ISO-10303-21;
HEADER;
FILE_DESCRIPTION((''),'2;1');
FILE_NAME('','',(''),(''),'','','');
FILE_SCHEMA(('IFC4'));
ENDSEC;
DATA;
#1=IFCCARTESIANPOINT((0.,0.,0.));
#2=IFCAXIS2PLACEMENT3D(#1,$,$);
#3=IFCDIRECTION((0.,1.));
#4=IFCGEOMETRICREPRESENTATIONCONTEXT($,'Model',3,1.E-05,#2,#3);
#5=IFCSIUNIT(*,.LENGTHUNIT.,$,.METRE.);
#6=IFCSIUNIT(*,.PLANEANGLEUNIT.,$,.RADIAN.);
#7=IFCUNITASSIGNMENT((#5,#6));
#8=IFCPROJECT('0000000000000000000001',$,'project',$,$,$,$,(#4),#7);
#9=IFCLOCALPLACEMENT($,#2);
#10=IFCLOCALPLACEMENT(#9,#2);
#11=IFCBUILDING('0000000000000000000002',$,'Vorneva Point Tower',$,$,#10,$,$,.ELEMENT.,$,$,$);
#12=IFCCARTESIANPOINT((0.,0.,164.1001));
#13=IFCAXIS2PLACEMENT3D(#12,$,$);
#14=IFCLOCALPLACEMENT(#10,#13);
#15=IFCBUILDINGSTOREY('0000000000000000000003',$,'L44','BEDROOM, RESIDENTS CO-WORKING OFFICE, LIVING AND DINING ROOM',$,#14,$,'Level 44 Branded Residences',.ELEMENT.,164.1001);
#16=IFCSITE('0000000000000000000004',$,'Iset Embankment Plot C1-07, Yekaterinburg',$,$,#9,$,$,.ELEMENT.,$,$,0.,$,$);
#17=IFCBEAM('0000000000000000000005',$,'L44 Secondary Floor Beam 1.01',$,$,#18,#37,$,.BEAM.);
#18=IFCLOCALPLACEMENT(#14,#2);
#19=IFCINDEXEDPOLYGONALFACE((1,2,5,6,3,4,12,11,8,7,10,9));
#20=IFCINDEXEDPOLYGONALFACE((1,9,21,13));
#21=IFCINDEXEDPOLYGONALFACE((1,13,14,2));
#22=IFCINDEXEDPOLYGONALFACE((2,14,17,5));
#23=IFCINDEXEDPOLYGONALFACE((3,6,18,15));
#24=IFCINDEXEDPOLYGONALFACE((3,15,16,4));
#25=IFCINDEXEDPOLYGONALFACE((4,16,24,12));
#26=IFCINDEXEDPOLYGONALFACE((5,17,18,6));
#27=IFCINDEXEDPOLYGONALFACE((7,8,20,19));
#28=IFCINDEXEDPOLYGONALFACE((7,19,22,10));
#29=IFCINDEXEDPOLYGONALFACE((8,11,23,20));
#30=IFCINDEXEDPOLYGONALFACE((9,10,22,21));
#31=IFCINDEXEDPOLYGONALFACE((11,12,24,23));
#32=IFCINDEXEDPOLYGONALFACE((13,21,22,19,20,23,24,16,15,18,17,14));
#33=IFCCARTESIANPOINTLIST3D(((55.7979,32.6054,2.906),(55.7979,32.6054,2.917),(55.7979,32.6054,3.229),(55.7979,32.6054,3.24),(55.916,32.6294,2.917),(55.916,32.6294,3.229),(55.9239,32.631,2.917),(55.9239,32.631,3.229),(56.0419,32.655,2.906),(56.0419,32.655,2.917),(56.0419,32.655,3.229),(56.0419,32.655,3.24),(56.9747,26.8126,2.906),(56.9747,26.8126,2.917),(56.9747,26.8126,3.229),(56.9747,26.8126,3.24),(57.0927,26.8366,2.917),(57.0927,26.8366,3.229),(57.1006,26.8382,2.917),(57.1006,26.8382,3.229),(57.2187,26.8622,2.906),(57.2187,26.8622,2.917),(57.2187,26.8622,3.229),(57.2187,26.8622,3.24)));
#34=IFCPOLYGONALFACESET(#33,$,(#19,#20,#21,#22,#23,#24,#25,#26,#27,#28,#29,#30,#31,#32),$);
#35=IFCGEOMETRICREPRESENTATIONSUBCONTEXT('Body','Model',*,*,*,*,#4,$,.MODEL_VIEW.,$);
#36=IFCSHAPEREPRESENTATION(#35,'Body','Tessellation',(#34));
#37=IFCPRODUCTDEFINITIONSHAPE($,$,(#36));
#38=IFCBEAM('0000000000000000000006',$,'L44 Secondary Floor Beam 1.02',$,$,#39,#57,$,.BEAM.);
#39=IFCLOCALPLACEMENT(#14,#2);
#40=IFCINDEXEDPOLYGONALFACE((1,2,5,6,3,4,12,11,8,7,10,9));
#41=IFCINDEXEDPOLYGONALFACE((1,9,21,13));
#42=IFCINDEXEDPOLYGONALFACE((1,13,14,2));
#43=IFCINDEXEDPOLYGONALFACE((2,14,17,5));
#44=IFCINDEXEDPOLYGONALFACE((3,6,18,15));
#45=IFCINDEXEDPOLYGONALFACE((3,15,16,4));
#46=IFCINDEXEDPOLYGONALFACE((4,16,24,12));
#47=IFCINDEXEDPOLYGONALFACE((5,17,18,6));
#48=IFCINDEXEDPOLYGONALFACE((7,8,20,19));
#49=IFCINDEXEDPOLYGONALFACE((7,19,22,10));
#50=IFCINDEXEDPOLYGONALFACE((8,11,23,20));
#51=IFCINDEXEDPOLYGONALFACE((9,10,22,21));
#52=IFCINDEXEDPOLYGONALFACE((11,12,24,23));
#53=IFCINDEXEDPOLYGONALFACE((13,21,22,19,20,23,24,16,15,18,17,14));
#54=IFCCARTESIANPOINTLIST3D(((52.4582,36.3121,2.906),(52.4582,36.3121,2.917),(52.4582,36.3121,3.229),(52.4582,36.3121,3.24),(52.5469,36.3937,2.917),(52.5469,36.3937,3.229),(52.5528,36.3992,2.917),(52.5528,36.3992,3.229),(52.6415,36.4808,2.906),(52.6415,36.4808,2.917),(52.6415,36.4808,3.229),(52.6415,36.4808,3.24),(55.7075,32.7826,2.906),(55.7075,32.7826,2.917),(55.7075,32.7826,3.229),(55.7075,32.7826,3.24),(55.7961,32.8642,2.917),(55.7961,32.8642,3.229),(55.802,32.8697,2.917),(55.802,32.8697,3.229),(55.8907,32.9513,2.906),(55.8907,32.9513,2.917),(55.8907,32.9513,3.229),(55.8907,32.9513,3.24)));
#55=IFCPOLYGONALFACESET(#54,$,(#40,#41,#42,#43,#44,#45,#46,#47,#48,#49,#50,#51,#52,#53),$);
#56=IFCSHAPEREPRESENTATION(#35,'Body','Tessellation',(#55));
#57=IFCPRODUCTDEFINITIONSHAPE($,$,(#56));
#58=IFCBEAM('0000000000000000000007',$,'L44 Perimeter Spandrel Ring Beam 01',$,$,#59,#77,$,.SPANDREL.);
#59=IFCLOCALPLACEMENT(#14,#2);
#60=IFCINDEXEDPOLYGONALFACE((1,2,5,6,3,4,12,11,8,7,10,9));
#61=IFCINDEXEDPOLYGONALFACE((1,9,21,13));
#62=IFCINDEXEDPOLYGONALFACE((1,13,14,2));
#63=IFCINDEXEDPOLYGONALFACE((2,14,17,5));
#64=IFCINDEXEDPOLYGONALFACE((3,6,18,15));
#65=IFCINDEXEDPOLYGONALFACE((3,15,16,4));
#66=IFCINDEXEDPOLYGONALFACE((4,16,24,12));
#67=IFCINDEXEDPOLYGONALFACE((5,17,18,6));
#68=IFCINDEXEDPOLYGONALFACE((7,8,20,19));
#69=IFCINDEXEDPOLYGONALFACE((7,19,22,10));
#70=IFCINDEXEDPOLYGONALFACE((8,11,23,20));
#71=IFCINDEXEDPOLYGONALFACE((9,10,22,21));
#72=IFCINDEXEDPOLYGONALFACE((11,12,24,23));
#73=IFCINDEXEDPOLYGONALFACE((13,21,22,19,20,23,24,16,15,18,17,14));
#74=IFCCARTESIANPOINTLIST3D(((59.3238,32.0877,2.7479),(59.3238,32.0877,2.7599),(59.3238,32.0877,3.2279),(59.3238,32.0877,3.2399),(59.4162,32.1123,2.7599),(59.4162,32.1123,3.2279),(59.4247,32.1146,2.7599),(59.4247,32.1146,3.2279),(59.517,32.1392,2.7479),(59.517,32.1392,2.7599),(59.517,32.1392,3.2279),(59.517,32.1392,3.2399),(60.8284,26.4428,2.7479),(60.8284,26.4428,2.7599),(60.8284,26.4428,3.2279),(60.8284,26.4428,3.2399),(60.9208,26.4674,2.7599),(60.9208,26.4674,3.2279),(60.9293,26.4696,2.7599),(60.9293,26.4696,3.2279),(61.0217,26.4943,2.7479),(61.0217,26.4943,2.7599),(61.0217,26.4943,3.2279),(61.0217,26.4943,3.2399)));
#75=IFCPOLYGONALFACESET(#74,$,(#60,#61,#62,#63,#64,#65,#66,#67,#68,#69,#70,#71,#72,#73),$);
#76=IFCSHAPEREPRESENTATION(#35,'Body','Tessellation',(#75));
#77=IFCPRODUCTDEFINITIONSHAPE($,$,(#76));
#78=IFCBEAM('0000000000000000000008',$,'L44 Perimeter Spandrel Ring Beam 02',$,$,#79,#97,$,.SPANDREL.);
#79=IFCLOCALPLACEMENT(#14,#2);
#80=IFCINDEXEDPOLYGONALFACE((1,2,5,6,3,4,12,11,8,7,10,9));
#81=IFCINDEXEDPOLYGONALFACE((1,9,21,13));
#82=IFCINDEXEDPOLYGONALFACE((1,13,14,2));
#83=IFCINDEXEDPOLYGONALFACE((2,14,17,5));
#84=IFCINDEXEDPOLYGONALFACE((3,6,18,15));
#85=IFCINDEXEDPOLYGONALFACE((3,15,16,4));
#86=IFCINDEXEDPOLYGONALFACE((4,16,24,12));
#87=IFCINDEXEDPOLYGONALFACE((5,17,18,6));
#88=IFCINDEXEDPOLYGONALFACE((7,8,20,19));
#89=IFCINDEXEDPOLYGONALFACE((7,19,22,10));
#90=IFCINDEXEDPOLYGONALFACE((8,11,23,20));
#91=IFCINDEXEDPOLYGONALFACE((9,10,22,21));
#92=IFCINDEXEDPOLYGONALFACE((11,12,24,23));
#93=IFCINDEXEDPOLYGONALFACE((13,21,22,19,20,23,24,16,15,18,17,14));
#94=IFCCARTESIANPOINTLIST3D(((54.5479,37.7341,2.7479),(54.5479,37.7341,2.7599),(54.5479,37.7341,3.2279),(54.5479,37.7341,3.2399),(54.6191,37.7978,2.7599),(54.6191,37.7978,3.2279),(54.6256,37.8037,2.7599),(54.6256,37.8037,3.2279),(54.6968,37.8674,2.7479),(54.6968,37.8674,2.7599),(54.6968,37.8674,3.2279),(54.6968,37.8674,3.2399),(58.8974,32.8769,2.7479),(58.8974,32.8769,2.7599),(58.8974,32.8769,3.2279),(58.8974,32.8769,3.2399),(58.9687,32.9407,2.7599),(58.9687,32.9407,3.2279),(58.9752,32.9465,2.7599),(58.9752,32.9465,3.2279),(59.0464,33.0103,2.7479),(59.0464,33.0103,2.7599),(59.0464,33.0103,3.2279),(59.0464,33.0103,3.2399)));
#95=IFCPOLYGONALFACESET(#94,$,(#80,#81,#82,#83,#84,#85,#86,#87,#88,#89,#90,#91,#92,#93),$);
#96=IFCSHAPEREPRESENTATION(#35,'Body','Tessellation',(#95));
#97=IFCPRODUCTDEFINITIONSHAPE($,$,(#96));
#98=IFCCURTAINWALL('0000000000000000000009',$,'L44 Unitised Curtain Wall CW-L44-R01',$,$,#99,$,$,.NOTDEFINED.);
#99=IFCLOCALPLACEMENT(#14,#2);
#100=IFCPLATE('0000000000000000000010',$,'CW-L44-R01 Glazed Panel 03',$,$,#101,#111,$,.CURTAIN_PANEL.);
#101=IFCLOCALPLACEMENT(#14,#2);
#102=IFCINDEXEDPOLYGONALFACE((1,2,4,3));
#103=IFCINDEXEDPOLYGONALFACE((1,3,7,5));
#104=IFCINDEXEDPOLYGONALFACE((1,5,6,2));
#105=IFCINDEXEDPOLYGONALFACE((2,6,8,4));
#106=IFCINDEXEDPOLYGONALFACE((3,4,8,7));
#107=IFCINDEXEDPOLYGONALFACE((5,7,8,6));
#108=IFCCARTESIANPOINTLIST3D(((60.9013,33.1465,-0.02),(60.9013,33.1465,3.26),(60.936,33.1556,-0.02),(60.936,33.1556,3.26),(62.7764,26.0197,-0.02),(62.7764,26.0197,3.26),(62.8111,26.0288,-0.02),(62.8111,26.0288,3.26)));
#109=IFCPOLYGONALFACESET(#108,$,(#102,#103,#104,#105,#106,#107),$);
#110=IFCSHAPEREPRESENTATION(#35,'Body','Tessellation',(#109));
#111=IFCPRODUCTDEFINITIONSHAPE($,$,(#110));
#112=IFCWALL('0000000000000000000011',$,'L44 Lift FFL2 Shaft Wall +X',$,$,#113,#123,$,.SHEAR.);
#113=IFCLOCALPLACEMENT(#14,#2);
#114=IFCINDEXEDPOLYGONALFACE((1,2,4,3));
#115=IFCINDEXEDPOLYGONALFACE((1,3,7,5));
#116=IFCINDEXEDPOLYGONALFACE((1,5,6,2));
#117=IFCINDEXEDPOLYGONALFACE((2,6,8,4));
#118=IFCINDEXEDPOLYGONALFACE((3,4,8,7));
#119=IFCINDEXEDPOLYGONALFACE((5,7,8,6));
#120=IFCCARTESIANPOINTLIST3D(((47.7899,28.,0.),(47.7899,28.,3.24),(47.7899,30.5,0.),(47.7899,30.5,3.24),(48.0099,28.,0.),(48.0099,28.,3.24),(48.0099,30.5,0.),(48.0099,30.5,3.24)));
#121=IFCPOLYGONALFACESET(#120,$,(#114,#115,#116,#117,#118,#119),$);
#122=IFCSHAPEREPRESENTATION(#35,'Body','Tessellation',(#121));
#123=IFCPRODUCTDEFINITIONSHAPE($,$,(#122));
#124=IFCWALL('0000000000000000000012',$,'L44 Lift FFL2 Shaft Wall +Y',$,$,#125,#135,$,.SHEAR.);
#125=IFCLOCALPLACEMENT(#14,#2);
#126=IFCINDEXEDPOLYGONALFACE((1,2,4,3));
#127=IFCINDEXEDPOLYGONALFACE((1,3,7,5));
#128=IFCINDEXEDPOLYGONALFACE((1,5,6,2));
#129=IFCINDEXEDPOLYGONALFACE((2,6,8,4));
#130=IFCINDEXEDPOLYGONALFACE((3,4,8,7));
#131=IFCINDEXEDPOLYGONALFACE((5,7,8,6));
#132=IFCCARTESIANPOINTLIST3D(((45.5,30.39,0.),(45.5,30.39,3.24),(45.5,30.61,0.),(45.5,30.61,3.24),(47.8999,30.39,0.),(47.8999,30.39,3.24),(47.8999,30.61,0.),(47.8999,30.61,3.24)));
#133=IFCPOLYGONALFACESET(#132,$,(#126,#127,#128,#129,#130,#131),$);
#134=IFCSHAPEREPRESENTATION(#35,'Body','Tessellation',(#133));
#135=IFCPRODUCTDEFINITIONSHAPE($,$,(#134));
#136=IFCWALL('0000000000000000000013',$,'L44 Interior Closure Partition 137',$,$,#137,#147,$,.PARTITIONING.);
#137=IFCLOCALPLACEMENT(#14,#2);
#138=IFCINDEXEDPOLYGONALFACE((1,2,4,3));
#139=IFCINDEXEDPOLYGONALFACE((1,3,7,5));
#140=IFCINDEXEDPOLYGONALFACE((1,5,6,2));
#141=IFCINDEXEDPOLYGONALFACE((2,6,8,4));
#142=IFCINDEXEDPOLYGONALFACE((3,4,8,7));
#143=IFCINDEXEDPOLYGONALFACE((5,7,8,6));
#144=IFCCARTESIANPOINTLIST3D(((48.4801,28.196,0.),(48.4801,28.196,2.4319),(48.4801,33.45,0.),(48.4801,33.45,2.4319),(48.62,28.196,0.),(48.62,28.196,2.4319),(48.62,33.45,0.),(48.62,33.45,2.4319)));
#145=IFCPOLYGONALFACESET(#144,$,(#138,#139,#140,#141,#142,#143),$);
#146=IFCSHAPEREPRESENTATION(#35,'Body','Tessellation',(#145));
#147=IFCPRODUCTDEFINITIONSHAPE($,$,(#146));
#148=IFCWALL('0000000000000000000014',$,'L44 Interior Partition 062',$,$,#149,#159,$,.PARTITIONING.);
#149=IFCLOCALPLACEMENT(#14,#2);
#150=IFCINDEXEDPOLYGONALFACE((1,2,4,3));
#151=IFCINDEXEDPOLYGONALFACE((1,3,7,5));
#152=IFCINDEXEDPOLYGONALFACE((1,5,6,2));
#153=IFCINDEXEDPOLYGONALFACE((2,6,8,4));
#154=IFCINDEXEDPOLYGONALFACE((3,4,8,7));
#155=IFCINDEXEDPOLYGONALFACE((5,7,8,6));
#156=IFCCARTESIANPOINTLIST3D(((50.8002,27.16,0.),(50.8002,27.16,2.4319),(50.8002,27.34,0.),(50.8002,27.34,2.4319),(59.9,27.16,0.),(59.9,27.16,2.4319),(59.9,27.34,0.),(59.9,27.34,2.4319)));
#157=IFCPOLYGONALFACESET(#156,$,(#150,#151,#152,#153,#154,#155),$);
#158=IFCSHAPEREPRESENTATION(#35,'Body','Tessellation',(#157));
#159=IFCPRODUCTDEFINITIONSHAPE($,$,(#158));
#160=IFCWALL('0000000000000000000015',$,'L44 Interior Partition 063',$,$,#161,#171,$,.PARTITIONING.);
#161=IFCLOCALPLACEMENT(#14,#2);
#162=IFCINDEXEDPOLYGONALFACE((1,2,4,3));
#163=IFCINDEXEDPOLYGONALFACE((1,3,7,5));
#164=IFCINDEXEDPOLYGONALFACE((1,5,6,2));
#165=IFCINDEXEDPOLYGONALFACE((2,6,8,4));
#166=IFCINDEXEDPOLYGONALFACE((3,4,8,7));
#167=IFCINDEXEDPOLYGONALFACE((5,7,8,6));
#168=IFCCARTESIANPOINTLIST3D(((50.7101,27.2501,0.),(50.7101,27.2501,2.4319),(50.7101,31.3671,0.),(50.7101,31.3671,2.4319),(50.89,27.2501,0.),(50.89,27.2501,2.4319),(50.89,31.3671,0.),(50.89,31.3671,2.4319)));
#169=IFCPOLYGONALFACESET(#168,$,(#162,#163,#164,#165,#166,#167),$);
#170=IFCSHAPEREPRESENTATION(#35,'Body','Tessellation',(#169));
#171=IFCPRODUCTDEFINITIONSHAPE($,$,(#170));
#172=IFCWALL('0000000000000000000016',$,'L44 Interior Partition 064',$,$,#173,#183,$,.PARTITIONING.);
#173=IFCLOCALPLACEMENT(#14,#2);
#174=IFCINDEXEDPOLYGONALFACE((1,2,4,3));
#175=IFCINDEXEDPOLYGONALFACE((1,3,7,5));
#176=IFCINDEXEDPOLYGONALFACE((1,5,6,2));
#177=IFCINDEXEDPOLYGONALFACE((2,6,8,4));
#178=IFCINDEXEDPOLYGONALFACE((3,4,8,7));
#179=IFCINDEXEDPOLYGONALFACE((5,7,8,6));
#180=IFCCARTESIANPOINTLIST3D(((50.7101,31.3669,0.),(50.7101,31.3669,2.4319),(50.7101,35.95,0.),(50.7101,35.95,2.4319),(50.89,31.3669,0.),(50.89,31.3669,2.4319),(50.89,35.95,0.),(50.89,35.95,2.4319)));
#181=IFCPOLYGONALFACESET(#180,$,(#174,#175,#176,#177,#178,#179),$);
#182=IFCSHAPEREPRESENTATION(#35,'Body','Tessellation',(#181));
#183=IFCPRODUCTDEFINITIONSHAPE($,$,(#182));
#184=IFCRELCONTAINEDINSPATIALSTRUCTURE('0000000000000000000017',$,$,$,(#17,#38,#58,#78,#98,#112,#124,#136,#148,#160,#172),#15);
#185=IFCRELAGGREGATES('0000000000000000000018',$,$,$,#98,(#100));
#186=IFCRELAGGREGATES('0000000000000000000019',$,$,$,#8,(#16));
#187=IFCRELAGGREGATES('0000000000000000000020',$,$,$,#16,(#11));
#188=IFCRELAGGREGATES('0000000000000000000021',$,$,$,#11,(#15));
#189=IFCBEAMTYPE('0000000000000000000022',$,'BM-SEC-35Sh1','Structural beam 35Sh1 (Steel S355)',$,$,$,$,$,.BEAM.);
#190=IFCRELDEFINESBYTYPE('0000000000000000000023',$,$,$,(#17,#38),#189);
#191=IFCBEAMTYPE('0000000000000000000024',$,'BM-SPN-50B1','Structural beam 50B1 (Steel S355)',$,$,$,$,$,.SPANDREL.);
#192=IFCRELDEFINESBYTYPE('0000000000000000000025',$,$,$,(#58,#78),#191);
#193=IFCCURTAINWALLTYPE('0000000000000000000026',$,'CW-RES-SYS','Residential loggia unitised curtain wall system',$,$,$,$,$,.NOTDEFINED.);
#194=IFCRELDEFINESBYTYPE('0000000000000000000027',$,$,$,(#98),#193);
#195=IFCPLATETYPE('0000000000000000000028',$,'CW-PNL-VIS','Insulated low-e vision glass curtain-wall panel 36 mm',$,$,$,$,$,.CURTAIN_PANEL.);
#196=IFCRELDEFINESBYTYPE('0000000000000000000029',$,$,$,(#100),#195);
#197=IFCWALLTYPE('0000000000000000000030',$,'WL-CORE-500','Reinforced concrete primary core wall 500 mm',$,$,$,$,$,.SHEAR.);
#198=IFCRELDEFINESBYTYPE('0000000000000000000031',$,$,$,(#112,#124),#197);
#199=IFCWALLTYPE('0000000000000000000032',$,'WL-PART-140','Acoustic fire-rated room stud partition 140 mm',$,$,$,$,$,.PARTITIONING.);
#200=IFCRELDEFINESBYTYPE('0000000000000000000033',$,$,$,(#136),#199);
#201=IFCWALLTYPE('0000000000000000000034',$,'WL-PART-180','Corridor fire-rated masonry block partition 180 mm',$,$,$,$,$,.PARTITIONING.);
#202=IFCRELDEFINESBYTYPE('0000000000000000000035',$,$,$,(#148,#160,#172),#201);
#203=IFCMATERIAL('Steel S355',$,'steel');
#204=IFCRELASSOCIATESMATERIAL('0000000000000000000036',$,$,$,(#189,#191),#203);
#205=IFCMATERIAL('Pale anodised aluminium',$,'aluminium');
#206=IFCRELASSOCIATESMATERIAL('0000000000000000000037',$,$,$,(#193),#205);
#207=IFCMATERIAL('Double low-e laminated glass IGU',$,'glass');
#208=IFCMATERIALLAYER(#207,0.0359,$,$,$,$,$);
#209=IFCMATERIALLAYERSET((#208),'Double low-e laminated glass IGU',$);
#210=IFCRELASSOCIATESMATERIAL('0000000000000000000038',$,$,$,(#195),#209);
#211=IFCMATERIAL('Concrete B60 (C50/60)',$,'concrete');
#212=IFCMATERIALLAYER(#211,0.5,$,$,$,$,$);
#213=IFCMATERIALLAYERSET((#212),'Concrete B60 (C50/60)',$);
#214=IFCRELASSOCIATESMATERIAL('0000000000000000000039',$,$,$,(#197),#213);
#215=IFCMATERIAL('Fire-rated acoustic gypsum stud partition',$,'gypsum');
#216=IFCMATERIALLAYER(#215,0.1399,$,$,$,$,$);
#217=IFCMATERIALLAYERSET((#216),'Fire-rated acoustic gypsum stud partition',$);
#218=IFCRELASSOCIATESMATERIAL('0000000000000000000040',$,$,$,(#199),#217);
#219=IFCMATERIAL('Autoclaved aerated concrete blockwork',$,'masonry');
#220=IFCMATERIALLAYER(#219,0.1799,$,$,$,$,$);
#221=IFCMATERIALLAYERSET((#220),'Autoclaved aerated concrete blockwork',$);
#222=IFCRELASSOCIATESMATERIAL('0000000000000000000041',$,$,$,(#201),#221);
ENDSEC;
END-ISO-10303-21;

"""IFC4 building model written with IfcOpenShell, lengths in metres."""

from ifc_helpers import new_model, si_unit, direction, frame, frame_2d, origin, origin_2d, place, context, subcontext, project, spatial, rectangle, i_section, extrude, material, layer, layer_set, material_profile, profile_set, type_object, element, aggregate, save


model = new_model("IFC4")

# Units and contexts
model_context = context("Model", 3, precision=1e-05, world=origin(), true_north=direction((0.0, 1.0)))
body_context = subcontext(model_context, "Body", "Model", "MODEL_VIEW")
ifc_project = project(units=[si_unit("LENGTHUNIT", "METRE"), si_unit("PLANEANGLEUNIT", "RADIAN")], contexts=[model_context])

# Site, building, storey
site_placement = place(None, origin())
site = spatial("IfcSite", under=ifc_project, at=site_placement, Name="Iset Embankment Plot C1-07, Yekaterinburg", CompositionType="ELEMENT", RefElevation=0.0)
building_placement = place(site_placement, origin())
building = spatial("IfcBuilding", under=site, at=building_placement, Name="Vorneva Point Tower", CompositionType="ELEMENT")
storey_placement = place(building_placement, frame((0.0, 0.0, 164.1001)))
storey = spatial("IfcBuildingStorey", under=building, at=storey_placement, Name="L44", Description="BEDROOM, RESIDENTS CO-WORKING OFFICE, LIVING AND DINING ROOM", LongName="Level 44 Branded Residences", CompositionType="ELEMENT", Elevation=164.1001)

# Shared definitions
ifc_material_1 = material(Name="Concrete B60 (C50/60)", Category="concrete")

# Beams
ifc_material_2 = material(Name="Steel S355", Category="steel")
ifc_material_profile_1 = material_profile(ifc_material_2, i_section(OverallWidth=0.249, OverallDepth=0.334, WebThickness=0.0081, FlangeThickness=0.011, at=origin_2d()), Name="35Sh1")
ifc_profile_set_1 = profile_set([ifc_material_profile_1], Name="Steel S355")
beam_type_1 = type_object("IfcBeamType", Name="BM-SEC-35Sh1", Description="Structural beam 35Sh1 (Steel S355)", PredefinedType="BEAM", material=ifc_profile_set_1)
beam_1_placement = place(storey_placement, frame((57.0967, 26.8374, 3.073), z_axis=(-0.199078, 0.979984, 0.0), x_axis=(-0.979984, -0.199078, 0.0)))
element("IfcBeam", 1, at=beam_1_placement, inside=storey, type_object=beam_type_1, Name="L44 Secondary Floor Beam 1.01", PredefinedType="BEAM", context=body_context, shape_type="SweptSolid", body=[
    extrude(i_section(OverallWidth=0.249, OverallDepth=0.334, WebThickness=0.0081, FlangeThickness=0.011, at=origin_2d()), origin(), (0.0, 0.0, 1.0), 5.9111),
])
beam_2_placement = place(storey_placement, frame((55.7991, 32.8669, 3.073), z_axis=(-0.677292, 0.735714, 0.0), x_axis=(-0.735714, -0.677292, 0.0)))
element("IfcBeam", 2, at=beam_2_placement, inside=storey, type_object=beam_type_1, Name="L44 Secondary Floor Beam 1.02", PredefinedType="BEAM", context=body_context, shape_type="SweptSolid", body=[
    extrude(i_section(OverallWidth=0.249, OverallDepth=0.334, WebThickness=0.0081, FlangeThickness=0.011, at=origin_2d()), origin(), (0.0, 0.0, 1.0), 4.7974),
])
ifc_material_profile_2 = material_profile(ifc_material_2, i_section(OverallWidth=0.2, OverallDepth=0.4919, WebThickness=0.0088, FlangeThickness=0.012, at=origin_2d()), Name="50B1")
ifc_profile_set_2 = profile_set([ifc_material_profile_2], Name="Steel S355")
beam_type_2 = type_object("IfcBeamType", Name="BM-SPN-50B1", Description="Structural beam 50B1 (Steel S355)", PredefinedType="SPANDREL", material=ifc_profile_set_2)
beam_3_placement = place(storey_placement, frame((60.925, 26.4685, 2.9939), z_axis=(-0.257551, 0.966265, 0.0), x_axis=(-0.966265, -0.257551, 0.0)))
element("IfcBeam", 3, at=beam_3_placement, inside=storey, type_object=beam_type_2, Name="L44 Perimeter Spandrel Ring Beam 01", PredefinedType="SPANDREL", context=body_context, shape_type="SweptSolid", body=[
    extrude(i_section(OverallWidth=0.2, OverallDepth=0.4919, WebThickness=0.0088, FlangeThickness=0.012, at=origin_2d()), origin(), (0.0, 0.0, 1.0), 5.842),
])
beam_4_placement = place(storey_placement, frame((58.9719, 32.9436, 2.9939), z_axis=(-0.667111, 0.744958, 0.0), x_axis=(-0.744958, -0.667111, 0.0)))
element("IfcBeam", 4, at=beam_4_placement, inside=storey, type_object=beam_type_2, Name="L44 Perimeter Spandrel Ring Beam 02", PredefinedType="SPANDREL", context=body_context, shape_type="SweptSolid", body=[
    extrude(i_section(OverallWidth=0.2, OverallDepth=0.4919, WebThickness=0.0088, FlangeThickness=0.012, at=origin_2d()), origin(), (0.0, 0.0, 1.0), 6.52),
])

# Curtain wall, plate
ifc_material_3 = material(Name="Pale anodised aluminium", Category="aluminium")
curtain_wall_type = type_object("IfcCurtainWallType", Name="CW-RES-SYS", Description="Residential loggia unitised curtain wall system", PredefinedType="NOTDEFINED", material=ifc_material_3)
curtain_wall_placement = place(storey_placement, origin())
curtain_wall = element("IfcCurtainWall", 5, at=curtain_wall_placement, inside=storey, type_object=curtain_wall_type, Name="L44 Unitised Curtain Wall CW-L44-R01", PredefinedType="NOTDEFINED")
ifc_material_4 = material(Name="Double low-e laminated glass IGU", Category="glass")
ifc_layer_1 = layer(ifc_material_4, 0.0359)
ifc_layer_set_1 = layer_set([ifc_layer_1], Name="Double low-e laminated glass IGU")
plate_type = type_object("IfcPlateType", Name="CW-PNL-VIS", Description="Insulated low-e vision glass curtain-wall panel 36 mm", PredefinedType="CURTAIN_PANEL", material=ifc_layer_set_1)
plate_placement = place(storey_placement, frame((61.8562, 29.5876, -0.02), z_axis=(0.0, 0.0, 1.0), x_axis=(-0.254433, 0.96709, 0.0)))
plate = element("IfcPlate", 6, at=plate_placement, type_object=plate_type, Name="CW-L44-R01 Glazed Panel 03", PredefinedType="CURTAIN_PANEL", context=body_context, shape_type="SweptSolid", body=[
    extrude(rectangle(XDim=7.3694, YDim=0.0359, at=origin_2d()), origin(), (0.0, 0.0, 1.0), 3.28),
])
aggregate(curtain_wall, [plate])

# Walls
ifc_layer_2 = layer(ifc_material_1, 0.5)
ifc_layer_set_2 = layer_set([ifc_layer_2], Name="Concrete B60 (C50/60)")
wall_type_1 = type_object("IfcWallType", Name="WL-CORE-500", Description="Reinforced concrete primary core wall 500 mm", PredefinedType="SHEAR", material=ifc_layer_set_2)
wall_1_placement = place(storey_placement, frame((47.8999, 28.0, 0.0), z_axis=(0.0, 0.0, 1.0), x_axis=(0.0, 1.0, 0.0)))
element("IfcWall", 7, at=wall_1_placement, inside=storey, type_object=wall_type_1, Name="L44 Lift FFL2 Shaft Wall +X", PredefinedType="SHEAR", context=body_context, shape_type="SweptSolid", body=[
    extrude(rectangle(XDim=2.5, YDim=0.22, at=frame_2d((1.25, 0.0))), origin(), (0.0, 0.0, 1.0), 3.24),
])
wall_2_placement = place(storey_placement, frame((47.8999, 30.5, 0.0), z_axis=(0.0, 0.0, 1.0), x_axis=(-1.0, 0.0, 0.0)))
element("IfcWall", 8, at=wall_2_placement, inside=storey, type_object=wall_type_1, Name="L44 Lift FFL2 Shaft Wall +Y", PredefinedType="SHEAR", context=body_context, shape_type="SweptSolid", body=[
    extrude(rectangle(XDim=2.3999, YDim=0.22, at=frame_2d((1.2, 0.0))), origin(), (0.0, 0.0, 1.0), 3.24),
])
ifc_material_5 = material(Name="Fire-rated acoustic gypsum stud partition", Category="gypsum")
ifc_layer_3 = layer(ifc_material_5, 0.1399)
ifc_layer_set_3 = layer_set([ifc_layer_3], Name="Fire-rated acoustic gypsum stud partition")
wall_type_2 = type_object("IfcWallType", Name="WL-PART-140", Description="Acoustic fire-rated room stud partition 140 mm", PredefinedType="PARTITIONING", material=ifc_layer_set_3)
wall_3_placement = place(storey_placement, frame((48.55, 28.196, 0.0), z_axis=(0.0, 0.0, 1.0), x_axis=(0.0, 1.0, 0.0)))
element("IfcWall", 9, at=wall_3_placement, inside=storey, type_object=wall_type_2, Name="L44 Interior Closure Partition 137", PredefinedType="PARTITIONING", context=body_context, shape_type="SweptSolid", body=[
    extrude(rectangle(XDim=5.2539, YDim=0.1399, at=frame_2d((2.627, 0.0))), origin(), (0.0, 0.0, 1.0), 2.4319),
])
ifc_material_6 = material(Name="Autoclaved aerated concrete blockwork", Category="masonry")
ifc_layer_4 = layer(ifc_material_6, 0.1799)
ifc_layer_set_4 = layer_set([ifc_layer_4], Name="Autoclaved aerated concrete blockwork")
wall_type_3 = type_object("IfcWallType", Name="WL-PART-180", Description="Corridor fire-rated masonry block partition 180 mm", PredefinedType="PARTITIONING", material=ifc_layer_set_4)
wall_4_placement = place(storey_placement, frame((59.8999, 27.25, 0.0), z_axis=(0.0, 0.0, 1.0), x_axis=(-1.0, 0.0, 0.0)))
element("IfcWall", 10, at=wall_4_placement, inside=storey, type_object=wall_type_3, Name="L44 Interior Partition 062", PredefinedType="PARTITIONING", context=body_context, shape_type="SweptSolid", body=[
    extrude(rectangle(XDim=9.0999, YDim=0.1799, at=frame_2d((4.5498, 0.0))), origin(), (0.0, 0.0, 1.0), 2.4319),
])
wall_5_placement = place(storey_placement, frame((50.8, 27.25, 0.0), z_axis=(0.0, 0.0, 1.0), x_axis=(0.0, 1.0, 0.0)))
element("IfcWall", 11, at=wall_5_placement, inside=storey, type_object=wall_type_3, Name="L44 Interior Partition 063", PredefinedType="PARTITIONING", context=body_context, shape_type="SweptSolid", body=[
    extrude(rectangle(XDim=4.1169, YDim=0.1799, at=frame_2d((2.0586, 0.0))), origin(), (0.0, 0.0, 1.0), 2.4319),
])
wall_6_placement = place(storey_placement, frame((50.8, 31.3669, 0.0), z_axis=(0.0, 0.0, 1.0), x_axis=(0.0, 1.0, 0.0)))
element("IfcWall", 12, at=wall_6_placement, inside=storey, type_object=wall_type_3, Name="L44 Interior Partition 064", PredefinedType="PARTITIONING", context=body_context, shape_type="SweptSolid", body=[
    extrude(rectangle(XDim=4.583, YDim=0.1799, at=frame_2d((2.2915, 0.0))), origin(), (0.0, 0.0, 1.0), 2.4319),
])

save(model, "model.ifc")
